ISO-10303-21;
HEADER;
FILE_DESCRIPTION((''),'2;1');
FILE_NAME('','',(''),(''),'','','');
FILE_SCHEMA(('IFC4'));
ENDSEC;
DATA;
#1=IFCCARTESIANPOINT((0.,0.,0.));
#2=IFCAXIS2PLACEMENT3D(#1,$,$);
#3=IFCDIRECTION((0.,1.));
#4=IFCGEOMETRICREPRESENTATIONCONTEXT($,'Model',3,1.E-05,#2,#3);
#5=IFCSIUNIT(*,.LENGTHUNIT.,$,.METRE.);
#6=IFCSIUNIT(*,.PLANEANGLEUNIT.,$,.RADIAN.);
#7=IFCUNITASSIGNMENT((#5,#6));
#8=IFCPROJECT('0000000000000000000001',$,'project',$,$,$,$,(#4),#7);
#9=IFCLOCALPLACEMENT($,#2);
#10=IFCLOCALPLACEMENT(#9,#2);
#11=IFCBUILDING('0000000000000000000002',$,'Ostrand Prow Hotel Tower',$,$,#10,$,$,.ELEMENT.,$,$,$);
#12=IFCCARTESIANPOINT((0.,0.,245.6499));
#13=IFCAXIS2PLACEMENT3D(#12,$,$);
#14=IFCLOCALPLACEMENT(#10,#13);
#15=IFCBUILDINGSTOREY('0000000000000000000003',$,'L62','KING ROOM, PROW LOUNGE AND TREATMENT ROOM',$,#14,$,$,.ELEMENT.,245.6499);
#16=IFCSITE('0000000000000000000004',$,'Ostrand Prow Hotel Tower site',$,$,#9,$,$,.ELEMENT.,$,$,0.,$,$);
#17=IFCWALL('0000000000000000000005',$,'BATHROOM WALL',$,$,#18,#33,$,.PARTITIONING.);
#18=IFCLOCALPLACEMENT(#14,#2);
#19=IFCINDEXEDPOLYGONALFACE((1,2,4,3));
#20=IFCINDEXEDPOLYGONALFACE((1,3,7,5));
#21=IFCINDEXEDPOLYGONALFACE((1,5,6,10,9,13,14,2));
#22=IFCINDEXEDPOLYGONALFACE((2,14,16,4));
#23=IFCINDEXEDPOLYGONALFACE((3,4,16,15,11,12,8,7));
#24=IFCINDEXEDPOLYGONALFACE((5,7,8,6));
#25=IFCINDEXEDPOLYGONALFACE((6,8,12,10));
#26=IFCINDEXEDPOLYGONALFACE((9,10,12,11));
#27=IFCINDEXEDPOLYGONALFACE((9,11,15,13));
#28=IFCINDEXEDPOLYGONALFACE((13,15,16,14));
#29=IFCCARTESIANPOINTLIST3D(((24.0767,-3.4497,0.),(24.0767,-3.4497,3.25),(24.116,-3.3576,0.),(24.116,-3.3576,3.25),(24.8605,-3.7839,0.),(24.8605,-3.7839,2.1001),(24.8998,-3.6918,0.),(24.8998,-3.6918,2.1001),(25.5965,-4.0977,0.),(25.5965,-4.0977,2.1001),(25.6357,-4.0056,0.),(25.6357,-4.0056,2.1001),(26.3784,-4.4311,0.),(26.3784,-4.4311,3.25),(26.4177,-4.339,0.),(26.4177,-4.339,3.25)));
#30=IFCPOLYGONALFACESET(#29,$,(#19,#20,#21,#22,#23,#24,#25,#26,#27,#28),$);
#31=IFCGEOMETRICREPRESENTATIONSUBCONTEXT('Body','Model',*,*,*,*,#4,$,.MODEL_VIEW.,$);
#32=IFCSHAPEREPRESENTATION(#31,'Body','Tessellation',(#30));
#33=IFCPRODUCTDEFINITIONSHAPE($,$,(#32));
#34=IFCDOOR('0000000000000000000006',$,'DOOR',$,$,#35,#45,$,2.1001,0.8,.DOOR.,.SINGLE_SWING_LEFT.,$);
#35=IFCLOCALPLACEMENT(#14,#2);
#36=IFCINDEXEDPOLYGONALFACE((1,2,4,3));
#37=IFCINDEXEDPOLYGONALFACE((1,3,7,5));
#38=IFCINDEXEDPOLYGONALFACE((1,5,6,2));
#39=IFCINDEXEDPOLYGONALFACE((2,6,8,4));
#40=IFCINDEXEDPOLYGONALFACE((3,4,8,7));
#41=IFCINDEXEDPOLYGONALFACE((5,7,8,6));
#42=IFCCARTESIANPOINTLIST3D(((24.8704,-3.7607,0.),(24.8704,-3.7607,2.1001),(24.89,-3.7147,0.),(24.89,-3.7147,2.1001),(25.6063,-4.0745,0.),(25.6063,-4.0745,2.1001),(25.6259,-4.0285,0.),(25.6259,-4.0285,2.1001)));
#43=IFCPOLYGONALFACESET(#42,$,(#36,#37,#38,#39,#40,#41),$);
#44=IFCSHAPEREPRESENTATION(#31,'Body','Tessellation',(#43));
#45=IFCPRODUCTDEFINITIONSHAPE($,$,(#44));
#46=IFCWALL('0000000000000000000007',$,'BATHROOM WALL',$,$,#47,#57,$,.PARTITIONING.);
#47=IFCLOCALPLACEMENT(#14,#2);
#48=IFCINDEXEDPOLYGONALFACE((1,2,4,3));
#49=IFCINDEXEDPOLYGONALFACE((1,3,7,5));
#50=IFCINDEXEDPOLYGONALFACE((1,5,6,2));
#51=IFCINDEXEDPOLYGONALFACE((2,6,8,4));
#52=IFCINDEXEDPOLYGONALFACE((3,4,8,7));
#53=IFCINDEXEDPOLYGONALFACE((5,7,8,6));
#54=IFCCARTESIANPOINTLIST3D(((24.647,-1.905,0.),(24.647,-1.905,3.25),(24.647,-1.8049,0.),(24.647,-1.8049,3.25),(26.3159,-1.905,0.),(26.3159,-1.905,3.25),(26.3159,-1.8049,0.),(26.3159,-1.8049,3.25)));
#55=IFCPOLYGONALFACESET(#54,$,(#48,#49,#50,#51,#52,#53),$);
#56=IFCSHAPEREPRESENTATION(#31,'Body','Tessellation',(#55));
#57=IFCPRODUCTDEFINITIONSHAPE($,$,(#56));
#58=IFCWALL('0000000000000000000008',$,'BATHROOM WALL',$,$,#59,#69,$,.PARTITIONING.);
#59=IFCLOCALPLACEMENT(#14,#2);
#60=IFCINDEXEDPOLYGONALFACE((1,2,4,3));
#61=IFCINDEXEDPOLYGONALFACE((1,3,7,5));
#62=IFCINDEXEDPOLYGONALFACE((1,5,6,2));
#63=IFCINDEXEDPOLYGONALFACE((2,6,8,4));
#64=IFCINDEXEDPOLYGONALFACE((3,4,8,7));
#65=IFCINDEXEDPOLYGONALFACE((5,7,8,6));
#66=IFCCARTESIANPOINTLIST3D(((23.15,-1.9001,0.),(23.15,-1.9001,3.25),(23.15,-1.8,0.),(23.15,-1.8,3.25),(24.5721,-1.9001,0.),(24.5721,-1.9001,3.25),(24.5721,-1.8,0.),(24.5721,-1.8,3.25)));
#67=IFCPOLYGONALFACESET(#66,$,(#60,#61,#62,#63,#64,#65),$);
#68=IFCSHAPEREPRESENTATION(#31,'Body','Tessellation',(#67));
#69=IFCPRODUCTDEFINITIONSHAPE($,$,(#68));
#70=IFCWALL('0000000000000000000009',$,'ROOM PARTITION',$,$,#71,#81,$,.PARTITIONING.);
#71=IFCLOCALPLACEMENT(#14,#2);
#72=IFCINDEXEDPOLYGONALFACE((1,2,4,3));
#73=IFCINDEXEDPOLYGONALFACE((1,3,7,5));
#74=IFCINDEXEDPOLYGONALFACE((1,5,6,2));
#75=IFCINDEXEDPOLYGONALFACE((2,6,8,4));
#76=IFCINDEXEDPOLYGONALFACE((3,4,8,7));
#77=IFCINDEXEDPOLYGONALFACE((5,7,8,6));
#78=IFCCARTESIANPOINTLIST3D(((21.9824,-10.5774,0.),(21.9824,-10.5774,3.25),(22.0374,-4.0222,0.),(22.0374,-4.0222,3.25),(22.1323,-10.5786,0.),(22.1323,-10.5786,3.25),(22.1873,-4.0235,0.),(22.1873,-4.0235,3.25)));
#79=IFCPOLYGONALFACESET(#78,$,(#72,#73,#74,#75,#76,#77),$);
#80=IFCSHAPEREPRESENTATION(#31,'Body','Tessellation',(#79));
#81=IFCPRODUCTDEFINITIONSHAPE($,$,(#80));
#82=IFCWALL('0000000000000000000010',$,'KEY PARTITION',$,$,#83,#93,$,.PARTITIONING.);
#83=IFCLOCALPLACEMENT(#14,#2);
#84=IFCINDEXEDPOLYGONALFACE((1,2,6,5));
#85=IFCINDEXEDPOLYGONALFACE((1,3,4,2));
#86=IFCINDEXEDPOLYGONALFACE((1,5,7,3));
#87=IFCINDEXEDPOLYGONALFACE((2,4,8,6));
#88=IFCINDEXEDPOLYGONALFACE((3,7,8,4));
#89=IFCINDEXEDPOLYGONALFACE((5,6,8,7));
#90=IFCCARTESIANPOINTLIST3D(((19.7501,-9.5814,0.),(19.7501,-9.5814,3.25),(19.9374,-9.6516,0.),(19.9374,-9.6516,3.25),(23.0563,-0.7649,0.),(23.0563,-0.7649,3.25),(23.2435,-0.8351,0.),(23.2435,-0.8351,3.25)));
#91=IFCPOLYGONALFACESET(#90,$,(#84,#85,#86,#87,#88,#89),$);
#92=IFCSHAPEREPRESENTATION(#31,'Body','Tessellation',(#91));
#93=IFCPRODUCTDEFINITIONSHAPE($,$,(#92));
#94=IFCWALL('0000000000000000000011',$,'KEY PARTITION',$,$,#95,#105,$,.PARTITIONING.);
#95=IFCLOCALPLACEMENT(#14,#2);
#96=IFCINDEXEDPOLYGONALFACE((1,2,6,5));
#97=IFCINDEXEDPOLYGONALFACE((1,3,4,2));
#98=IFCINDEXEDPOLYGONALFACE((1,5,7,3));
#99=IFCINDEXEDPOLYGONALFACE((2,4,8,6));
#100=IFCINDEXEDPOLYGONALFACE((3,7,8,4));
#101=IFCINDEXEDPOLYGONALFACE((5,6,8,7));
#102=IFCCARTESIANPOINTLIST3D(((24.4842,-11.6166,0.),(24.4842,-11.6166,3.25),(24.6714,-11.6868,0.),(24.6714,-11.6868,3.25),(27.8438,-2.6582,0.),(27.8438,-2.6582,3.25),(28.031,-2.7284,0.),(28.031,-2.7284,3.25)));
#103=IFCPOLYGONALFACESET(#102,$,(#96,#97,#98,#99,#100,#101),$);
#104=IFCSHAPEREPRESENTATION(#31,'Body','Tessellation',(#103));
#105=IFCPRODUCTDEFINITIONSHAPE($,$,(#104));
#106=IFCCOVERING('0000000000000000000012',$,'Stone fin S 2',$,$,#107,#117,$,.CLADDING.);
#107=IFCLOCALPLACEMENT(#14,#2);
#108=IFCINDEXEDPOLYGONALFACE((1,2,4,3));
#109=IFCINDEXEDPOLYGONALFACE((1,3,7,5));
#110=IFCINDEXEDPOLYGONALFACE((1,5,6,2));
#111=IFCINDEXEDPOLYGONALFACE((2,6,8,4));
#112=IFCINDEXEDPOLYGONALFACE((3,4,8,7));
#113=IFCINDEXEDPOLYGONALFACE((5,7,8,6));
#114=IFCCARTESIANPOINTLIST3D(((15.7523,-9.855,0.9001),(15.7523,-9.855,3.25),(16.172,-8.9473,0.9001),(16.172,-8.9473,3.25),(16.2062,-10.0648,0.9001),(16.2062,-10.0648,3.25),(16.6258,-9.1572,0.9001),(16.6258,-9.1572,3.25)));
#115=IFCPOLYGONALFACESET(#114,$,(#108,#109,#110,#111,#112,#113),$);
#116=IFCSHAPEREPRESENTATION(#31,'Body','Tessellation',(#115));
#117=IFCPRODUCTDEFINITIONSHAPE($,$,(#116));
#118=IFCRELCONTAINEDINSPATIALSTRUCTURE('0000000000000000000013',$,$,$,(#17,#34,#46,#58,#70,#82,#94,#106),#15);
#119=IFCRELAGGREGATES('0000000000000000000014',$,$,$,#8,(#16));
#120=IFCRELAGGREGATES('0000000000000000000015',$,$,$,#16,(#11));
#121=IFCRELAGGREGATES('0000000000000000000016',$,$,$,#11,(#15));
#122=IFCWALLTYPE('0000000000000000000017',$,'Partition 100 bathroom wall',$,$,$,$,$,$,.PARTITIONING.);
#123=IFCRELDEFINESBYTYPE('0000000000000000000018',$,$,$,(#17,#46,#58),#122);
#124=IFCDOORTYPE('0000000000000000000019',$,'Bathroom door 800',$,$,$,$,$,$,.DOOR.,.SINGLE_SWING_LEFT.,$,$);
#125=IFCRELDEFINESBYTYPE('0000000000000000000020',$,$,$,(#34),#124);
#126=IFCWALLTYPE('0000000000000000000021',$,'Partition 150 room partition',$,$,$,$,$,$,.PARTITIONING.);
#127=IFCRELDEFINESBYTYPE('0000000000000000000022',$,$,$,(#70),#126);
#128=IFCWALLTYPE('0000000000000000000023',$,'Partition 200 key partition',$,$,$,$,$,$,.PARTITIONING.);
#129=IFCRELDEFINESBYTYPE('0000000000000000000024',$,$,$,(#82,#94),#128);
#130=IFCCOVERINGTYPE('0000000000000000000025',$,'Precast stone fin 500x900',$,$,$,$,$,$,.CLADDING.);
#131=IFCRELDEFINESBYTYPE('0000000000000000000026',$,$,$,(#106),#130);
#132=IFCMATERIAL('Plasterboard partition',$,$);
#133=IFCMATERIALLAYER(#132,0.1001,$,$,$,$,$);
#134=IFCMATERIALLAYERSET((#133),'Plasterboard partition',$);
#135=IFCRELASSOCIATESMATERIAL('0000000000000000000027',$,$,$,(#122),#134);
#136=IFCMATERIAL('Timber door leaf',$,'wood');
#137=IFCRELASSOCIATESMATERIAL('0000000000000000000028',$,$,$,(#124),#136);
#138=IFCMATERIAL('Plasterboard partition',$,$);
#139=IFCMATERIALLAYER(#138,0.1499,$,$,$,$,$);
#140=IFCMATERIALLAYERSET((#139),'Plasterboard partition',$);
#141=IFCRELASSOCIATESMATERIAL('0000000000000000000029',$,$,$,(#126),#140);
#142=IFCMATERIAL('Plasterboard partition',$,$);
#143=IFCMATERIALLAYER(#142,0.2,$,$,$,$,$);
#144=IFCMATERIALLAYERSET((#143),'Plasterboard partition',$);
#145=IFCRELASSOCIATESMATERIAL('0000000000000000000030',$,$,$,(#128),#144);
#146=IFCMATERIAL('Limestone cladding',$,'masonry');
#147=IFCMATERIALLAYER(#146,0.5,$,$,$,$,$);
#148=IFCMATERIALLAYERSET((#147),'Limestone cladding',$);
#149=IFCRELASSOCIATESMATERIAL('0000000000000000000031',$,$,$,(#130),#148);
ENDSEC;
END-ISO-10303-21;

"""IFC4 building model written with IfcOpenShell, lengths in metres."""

from ifc_helpers import new_model, si_unit, direction, frame, frame_2d, origin, place, context, subcontext, project, spatial, rectangle, extrude, material, layer, layer_set, type_object, element, fill, save


model = new_model("IFC4")

# Units and contexts
model_context = context("Model", 3, precision=1e-05, world=origin(), true_north=direction((0.0, 1.0)))
body_context = subcontext(model_context, "Body", "Model", "MODEL_VIEW")
ifc_project = project(units=[si_unit("LENGTHUNIT", "METRE"), si_unit("PLANEANGLEUNIT", "RADIAN")], contexts=[model_context])

# Site, building, storey
site_placement = place(None, origin())
site = spatial("IfcSite", under=ifc_project, at=site_placement, Name="Ostrand Prow Hotel Tower site", CompositionType="ELEMENT", RefElevation=0.0)
building_placement = place(site_placement, origin())
building = spatial("IfcBuilding", under=site, at=building_placement, Name="Ostrand Prow Hotel Tower", CompositionType="ELEMENT")
storey_placement = place(building_placement, frame((0.0, 0.0, 245.6499)))
storey = spatial("IfcBuildingStorey", under=building, at=storey_placement, Name="L62", Description="KING ROOM, PROW LOUNGE AND TREATMENT ROOM", CompositionType="ELEMENT", Elevation=245.6499)

# Shared definitions
ifc_material_1 = material(Name="Plasterboard partition")
ifc_layer_1 = layer(ifc_material_1, 0.1001)
ifc_layer_set_1 = layer_set([ifc_layer_1], Name="Plasterboard partition")
wall_type_1 = type_object("IfcWallType", Name="Partition 100 bathroom wall", PredefinedType="PARTITIONING", material=ifc_layer_set_1)

# Wall, opening, door
wall_1_placement = place(storey_placement, frame((26.3979, -4.385, 0.0), z_axis=(0.0, 0.0, 1.0), x_axis=(-0.91987, 0.392223, 0.0)))
wall_1 = element("IfcWall", 1, at=wall_1_placement, inside=storey, type_object=wall_type_1, Name="BATHROOM WALL", PredefinedType="PARTITIONING", context=body_context, shape_type="SweptSolid", body=[
    extrude(rectangle(XDim=2.5022, YDim=0.1001, at=frame_2d((1.251, 0.0))), origin(), (0.0, 0.0, 1.0), 3.25),
])
opening_placement = place(wall_1_placement, frame((0.8501, 0.0, 0.0)))
opening = element("IfcOpeningElement", 2, at=opening_placement, cuts=wall_1, PredefinedType="OPENING", context=body_context, shape_type="SweptSolid", body=[
    extrude(rectangle(XDim=0.8, YDim=2.1001, at=frame_2d((0.3999, 1.05))), frame((0.0, 0.0601, 0.0), z_axis=(0.0, -1.0, 0.0), x_axis=(1.0, 0.0, 0.0)), (0.0, 0.0, 1.0), 0.1201),
])
ifc_material_2 = material(Name="Timber door leaf", Category="wood")
door_type = type_object("IfcDoorType", Name="Bathroom door 800", OperationType="SINGLE_SWING_LEFT", PredefinedType="DOOR", material=ifc_material_2)
door_placement = place(opening_placement, origin())
door = element("IfcDoor", 3, at=door_placement, inside=storey, type_object=door_type, Name="DOOR", OperationType="SINGLE_SWING_LEFT", OverallHeight=2.1001, OverallWidth=0.8, PredefinedType="DOOR", context=body_context, shape_type="SweptSolid", body=[
    extrude(rectangle(XDim=0.8, YDim=2.1001, at=frame_2d((0.3999, 1.05))), frame((0.0, 0.0249, 0.0), z_axis=(0.0, -1.0, 0.0), x_axis=(1.0, 0.0, 0.0)), (0.0, 0.0, 1.0), 0.05),
])
fill(opening, door)

# Walls
wall_2_placement = place(storey_placement, frame((24.647, -1.855, 0.0), z_axis=(0.0, 0.0, 1.0), x_axis=(1.0, 0.0, 0.0)))
element("IfcWall", 4, at=wall_2_placement, inside=storey, type_object=wall_type_1, Name="BATHROOM WALL", PredefinedType="PARTITIONING", context=body_context, shape_type="SweptSolid", body=[
    extrude(rectangle(XDim=1.6689, YDim=0.1001, at=frame_2d((0.8345, 0.0))), origin(), (0.0, 0.0, 1.0), 3.25),
])
wall_3_placement = place(storey_placement, frame((24.572, -1.8501, 0.0), z_axis=(0.0, 0.0, 1.0), x_axis=(-1.0, 0.0, 0.0)))
element("IfcWall", 5, at=wall_3_placement, inside=storey, type_object=wall_type_1, Name="BATHROOM WALL", PredefinedType="PARTITIONING", context=body_context, shape_type="SweptSolid", body=[
    extrude(rectangle(XDim=1.4221, YDim=0.1001, at=frame_2d((0.7109, 0.0))), origin(), (0.0, 0.0, 1.0), 3.25),
])
ifc_material_3 = material(Name="Plasterboard partition")
ifc_layer_2 = layer(ifc_material_3, 0.1499)
ifc_layer_set_2 = layer_set([ifc_layer_2], Name="Plasterboard partition")
wall_type_2 = type_object("IfcWallType", Name="Partition 150 room partition", PredefinedType="PARTITIONING", material=ifc_layer_set_2)
wall_4_placement = place(storey_placement, frame((22.1123, -4.0227, 0.0), z_axis=(0.0, 0.0, 1.0), x_axis=(-0.00838, -0.999965, 0.0)))
element("IfcWall", 6, at=wall_4_placement, inside=storey, type_object=wall_type_2, Name="ROOM PARTITION", PredefinedType="PARTITIONING", context=body_context, shape_type="SweptSolid", body=[
    extrude(rectangle(XDim=6.5554, YDim=0.1499, at=frame_2d((3.2778, 0.0))), origin(), (0.0, 0.0, 1.0), 3.25),
])
ifc_material_4 = material(Name="Plasterboard partition")
ifc_layer_3 = layer(ifc_material_4, 0.2)
ifc_layer_set_3 = layer_set([ifc_layer_3], Name="Plasterboard partition")
wall_type_3 = type_object("IfcWallType", Name="Partition 200 key partition", PredefinedType="PARTITIONING", material=ifc_layer_set_3)
wall_5_placement = place(storey_placement, frame((19.8438, -9.6165, 0.0), z_axis=(0.0, 0.0, 1.0), x_axis=(0.351123, 0.936329, 0.0)))
element("IfcWall", 7, at=wall_5_placement, inside=storey, type_object=wall_type_3, Name="KEY PARTITION", PredefinedType="PARTITIONING", context=body_context, shape_type="SweptSolid", body=[
    extrude(rectangle(XDim=9.416, YDim=0.2, at=frame_2d((4.708, 0.0))), origin(), (0.0, 0.0, 1.0), 3.25),
])
wall_6_placement = place(storey_placement, frame((24.5779, -11.6516, 0.0), z_axis=(0.0, 0.0, 1.0), x_axis=(0.35114, 0.936323, 0.0)))
element("IfcWall", 8, at=wall_6_placement, inside=storey, type_object=wall_type_3, Name="KEY PARTITION", PredefinedType="PARTITIONING", context=body_context, shape_type="SweptSolid", body=[
    extrude(rectangle(XDim=9.5676, YDim=0.2, at=frame_2d((4.7837, 0.0))), origin(), (0.0, 0.0, 1.0), 3.25),
])

# Covering
ifc_material_5 = material(Name="Limestone cladding", Category="masonry")
ifc_layer_4 = layer(ifc_material_5, 0.5)
ifc_layer_set_4 = layer_set([ifc_layer_4], Name="Limestone cladding")
covering_type = type_object("IfcCoveringType", Name="Precast stone fin 500x900", PredefinedType="CLADDING", material=ifc_layer_set_4)
covering_placement = place(storey_placement, frame((16.3989, -9.0522, 0.9001), z_axis=(0.0, 0.0, 1.0), x_axis=(-0.419662, -0.907681, 0.0)))
element("IfcCovering", 9, at=covering_placement, inside=storey, type_object=covering_type, Name="Stone fin S 2", PredefinedType="CLADDING", context=body_context, shape_type="SweptSolid", body=[
    extrude(rectangle(XDim=1.0, YDim=0.5, at=frame_2d((0.5, 0.0))), origin(), (0.0, 0.0, 1.0), 2.3499),
])

save(model, "model.ifc")
